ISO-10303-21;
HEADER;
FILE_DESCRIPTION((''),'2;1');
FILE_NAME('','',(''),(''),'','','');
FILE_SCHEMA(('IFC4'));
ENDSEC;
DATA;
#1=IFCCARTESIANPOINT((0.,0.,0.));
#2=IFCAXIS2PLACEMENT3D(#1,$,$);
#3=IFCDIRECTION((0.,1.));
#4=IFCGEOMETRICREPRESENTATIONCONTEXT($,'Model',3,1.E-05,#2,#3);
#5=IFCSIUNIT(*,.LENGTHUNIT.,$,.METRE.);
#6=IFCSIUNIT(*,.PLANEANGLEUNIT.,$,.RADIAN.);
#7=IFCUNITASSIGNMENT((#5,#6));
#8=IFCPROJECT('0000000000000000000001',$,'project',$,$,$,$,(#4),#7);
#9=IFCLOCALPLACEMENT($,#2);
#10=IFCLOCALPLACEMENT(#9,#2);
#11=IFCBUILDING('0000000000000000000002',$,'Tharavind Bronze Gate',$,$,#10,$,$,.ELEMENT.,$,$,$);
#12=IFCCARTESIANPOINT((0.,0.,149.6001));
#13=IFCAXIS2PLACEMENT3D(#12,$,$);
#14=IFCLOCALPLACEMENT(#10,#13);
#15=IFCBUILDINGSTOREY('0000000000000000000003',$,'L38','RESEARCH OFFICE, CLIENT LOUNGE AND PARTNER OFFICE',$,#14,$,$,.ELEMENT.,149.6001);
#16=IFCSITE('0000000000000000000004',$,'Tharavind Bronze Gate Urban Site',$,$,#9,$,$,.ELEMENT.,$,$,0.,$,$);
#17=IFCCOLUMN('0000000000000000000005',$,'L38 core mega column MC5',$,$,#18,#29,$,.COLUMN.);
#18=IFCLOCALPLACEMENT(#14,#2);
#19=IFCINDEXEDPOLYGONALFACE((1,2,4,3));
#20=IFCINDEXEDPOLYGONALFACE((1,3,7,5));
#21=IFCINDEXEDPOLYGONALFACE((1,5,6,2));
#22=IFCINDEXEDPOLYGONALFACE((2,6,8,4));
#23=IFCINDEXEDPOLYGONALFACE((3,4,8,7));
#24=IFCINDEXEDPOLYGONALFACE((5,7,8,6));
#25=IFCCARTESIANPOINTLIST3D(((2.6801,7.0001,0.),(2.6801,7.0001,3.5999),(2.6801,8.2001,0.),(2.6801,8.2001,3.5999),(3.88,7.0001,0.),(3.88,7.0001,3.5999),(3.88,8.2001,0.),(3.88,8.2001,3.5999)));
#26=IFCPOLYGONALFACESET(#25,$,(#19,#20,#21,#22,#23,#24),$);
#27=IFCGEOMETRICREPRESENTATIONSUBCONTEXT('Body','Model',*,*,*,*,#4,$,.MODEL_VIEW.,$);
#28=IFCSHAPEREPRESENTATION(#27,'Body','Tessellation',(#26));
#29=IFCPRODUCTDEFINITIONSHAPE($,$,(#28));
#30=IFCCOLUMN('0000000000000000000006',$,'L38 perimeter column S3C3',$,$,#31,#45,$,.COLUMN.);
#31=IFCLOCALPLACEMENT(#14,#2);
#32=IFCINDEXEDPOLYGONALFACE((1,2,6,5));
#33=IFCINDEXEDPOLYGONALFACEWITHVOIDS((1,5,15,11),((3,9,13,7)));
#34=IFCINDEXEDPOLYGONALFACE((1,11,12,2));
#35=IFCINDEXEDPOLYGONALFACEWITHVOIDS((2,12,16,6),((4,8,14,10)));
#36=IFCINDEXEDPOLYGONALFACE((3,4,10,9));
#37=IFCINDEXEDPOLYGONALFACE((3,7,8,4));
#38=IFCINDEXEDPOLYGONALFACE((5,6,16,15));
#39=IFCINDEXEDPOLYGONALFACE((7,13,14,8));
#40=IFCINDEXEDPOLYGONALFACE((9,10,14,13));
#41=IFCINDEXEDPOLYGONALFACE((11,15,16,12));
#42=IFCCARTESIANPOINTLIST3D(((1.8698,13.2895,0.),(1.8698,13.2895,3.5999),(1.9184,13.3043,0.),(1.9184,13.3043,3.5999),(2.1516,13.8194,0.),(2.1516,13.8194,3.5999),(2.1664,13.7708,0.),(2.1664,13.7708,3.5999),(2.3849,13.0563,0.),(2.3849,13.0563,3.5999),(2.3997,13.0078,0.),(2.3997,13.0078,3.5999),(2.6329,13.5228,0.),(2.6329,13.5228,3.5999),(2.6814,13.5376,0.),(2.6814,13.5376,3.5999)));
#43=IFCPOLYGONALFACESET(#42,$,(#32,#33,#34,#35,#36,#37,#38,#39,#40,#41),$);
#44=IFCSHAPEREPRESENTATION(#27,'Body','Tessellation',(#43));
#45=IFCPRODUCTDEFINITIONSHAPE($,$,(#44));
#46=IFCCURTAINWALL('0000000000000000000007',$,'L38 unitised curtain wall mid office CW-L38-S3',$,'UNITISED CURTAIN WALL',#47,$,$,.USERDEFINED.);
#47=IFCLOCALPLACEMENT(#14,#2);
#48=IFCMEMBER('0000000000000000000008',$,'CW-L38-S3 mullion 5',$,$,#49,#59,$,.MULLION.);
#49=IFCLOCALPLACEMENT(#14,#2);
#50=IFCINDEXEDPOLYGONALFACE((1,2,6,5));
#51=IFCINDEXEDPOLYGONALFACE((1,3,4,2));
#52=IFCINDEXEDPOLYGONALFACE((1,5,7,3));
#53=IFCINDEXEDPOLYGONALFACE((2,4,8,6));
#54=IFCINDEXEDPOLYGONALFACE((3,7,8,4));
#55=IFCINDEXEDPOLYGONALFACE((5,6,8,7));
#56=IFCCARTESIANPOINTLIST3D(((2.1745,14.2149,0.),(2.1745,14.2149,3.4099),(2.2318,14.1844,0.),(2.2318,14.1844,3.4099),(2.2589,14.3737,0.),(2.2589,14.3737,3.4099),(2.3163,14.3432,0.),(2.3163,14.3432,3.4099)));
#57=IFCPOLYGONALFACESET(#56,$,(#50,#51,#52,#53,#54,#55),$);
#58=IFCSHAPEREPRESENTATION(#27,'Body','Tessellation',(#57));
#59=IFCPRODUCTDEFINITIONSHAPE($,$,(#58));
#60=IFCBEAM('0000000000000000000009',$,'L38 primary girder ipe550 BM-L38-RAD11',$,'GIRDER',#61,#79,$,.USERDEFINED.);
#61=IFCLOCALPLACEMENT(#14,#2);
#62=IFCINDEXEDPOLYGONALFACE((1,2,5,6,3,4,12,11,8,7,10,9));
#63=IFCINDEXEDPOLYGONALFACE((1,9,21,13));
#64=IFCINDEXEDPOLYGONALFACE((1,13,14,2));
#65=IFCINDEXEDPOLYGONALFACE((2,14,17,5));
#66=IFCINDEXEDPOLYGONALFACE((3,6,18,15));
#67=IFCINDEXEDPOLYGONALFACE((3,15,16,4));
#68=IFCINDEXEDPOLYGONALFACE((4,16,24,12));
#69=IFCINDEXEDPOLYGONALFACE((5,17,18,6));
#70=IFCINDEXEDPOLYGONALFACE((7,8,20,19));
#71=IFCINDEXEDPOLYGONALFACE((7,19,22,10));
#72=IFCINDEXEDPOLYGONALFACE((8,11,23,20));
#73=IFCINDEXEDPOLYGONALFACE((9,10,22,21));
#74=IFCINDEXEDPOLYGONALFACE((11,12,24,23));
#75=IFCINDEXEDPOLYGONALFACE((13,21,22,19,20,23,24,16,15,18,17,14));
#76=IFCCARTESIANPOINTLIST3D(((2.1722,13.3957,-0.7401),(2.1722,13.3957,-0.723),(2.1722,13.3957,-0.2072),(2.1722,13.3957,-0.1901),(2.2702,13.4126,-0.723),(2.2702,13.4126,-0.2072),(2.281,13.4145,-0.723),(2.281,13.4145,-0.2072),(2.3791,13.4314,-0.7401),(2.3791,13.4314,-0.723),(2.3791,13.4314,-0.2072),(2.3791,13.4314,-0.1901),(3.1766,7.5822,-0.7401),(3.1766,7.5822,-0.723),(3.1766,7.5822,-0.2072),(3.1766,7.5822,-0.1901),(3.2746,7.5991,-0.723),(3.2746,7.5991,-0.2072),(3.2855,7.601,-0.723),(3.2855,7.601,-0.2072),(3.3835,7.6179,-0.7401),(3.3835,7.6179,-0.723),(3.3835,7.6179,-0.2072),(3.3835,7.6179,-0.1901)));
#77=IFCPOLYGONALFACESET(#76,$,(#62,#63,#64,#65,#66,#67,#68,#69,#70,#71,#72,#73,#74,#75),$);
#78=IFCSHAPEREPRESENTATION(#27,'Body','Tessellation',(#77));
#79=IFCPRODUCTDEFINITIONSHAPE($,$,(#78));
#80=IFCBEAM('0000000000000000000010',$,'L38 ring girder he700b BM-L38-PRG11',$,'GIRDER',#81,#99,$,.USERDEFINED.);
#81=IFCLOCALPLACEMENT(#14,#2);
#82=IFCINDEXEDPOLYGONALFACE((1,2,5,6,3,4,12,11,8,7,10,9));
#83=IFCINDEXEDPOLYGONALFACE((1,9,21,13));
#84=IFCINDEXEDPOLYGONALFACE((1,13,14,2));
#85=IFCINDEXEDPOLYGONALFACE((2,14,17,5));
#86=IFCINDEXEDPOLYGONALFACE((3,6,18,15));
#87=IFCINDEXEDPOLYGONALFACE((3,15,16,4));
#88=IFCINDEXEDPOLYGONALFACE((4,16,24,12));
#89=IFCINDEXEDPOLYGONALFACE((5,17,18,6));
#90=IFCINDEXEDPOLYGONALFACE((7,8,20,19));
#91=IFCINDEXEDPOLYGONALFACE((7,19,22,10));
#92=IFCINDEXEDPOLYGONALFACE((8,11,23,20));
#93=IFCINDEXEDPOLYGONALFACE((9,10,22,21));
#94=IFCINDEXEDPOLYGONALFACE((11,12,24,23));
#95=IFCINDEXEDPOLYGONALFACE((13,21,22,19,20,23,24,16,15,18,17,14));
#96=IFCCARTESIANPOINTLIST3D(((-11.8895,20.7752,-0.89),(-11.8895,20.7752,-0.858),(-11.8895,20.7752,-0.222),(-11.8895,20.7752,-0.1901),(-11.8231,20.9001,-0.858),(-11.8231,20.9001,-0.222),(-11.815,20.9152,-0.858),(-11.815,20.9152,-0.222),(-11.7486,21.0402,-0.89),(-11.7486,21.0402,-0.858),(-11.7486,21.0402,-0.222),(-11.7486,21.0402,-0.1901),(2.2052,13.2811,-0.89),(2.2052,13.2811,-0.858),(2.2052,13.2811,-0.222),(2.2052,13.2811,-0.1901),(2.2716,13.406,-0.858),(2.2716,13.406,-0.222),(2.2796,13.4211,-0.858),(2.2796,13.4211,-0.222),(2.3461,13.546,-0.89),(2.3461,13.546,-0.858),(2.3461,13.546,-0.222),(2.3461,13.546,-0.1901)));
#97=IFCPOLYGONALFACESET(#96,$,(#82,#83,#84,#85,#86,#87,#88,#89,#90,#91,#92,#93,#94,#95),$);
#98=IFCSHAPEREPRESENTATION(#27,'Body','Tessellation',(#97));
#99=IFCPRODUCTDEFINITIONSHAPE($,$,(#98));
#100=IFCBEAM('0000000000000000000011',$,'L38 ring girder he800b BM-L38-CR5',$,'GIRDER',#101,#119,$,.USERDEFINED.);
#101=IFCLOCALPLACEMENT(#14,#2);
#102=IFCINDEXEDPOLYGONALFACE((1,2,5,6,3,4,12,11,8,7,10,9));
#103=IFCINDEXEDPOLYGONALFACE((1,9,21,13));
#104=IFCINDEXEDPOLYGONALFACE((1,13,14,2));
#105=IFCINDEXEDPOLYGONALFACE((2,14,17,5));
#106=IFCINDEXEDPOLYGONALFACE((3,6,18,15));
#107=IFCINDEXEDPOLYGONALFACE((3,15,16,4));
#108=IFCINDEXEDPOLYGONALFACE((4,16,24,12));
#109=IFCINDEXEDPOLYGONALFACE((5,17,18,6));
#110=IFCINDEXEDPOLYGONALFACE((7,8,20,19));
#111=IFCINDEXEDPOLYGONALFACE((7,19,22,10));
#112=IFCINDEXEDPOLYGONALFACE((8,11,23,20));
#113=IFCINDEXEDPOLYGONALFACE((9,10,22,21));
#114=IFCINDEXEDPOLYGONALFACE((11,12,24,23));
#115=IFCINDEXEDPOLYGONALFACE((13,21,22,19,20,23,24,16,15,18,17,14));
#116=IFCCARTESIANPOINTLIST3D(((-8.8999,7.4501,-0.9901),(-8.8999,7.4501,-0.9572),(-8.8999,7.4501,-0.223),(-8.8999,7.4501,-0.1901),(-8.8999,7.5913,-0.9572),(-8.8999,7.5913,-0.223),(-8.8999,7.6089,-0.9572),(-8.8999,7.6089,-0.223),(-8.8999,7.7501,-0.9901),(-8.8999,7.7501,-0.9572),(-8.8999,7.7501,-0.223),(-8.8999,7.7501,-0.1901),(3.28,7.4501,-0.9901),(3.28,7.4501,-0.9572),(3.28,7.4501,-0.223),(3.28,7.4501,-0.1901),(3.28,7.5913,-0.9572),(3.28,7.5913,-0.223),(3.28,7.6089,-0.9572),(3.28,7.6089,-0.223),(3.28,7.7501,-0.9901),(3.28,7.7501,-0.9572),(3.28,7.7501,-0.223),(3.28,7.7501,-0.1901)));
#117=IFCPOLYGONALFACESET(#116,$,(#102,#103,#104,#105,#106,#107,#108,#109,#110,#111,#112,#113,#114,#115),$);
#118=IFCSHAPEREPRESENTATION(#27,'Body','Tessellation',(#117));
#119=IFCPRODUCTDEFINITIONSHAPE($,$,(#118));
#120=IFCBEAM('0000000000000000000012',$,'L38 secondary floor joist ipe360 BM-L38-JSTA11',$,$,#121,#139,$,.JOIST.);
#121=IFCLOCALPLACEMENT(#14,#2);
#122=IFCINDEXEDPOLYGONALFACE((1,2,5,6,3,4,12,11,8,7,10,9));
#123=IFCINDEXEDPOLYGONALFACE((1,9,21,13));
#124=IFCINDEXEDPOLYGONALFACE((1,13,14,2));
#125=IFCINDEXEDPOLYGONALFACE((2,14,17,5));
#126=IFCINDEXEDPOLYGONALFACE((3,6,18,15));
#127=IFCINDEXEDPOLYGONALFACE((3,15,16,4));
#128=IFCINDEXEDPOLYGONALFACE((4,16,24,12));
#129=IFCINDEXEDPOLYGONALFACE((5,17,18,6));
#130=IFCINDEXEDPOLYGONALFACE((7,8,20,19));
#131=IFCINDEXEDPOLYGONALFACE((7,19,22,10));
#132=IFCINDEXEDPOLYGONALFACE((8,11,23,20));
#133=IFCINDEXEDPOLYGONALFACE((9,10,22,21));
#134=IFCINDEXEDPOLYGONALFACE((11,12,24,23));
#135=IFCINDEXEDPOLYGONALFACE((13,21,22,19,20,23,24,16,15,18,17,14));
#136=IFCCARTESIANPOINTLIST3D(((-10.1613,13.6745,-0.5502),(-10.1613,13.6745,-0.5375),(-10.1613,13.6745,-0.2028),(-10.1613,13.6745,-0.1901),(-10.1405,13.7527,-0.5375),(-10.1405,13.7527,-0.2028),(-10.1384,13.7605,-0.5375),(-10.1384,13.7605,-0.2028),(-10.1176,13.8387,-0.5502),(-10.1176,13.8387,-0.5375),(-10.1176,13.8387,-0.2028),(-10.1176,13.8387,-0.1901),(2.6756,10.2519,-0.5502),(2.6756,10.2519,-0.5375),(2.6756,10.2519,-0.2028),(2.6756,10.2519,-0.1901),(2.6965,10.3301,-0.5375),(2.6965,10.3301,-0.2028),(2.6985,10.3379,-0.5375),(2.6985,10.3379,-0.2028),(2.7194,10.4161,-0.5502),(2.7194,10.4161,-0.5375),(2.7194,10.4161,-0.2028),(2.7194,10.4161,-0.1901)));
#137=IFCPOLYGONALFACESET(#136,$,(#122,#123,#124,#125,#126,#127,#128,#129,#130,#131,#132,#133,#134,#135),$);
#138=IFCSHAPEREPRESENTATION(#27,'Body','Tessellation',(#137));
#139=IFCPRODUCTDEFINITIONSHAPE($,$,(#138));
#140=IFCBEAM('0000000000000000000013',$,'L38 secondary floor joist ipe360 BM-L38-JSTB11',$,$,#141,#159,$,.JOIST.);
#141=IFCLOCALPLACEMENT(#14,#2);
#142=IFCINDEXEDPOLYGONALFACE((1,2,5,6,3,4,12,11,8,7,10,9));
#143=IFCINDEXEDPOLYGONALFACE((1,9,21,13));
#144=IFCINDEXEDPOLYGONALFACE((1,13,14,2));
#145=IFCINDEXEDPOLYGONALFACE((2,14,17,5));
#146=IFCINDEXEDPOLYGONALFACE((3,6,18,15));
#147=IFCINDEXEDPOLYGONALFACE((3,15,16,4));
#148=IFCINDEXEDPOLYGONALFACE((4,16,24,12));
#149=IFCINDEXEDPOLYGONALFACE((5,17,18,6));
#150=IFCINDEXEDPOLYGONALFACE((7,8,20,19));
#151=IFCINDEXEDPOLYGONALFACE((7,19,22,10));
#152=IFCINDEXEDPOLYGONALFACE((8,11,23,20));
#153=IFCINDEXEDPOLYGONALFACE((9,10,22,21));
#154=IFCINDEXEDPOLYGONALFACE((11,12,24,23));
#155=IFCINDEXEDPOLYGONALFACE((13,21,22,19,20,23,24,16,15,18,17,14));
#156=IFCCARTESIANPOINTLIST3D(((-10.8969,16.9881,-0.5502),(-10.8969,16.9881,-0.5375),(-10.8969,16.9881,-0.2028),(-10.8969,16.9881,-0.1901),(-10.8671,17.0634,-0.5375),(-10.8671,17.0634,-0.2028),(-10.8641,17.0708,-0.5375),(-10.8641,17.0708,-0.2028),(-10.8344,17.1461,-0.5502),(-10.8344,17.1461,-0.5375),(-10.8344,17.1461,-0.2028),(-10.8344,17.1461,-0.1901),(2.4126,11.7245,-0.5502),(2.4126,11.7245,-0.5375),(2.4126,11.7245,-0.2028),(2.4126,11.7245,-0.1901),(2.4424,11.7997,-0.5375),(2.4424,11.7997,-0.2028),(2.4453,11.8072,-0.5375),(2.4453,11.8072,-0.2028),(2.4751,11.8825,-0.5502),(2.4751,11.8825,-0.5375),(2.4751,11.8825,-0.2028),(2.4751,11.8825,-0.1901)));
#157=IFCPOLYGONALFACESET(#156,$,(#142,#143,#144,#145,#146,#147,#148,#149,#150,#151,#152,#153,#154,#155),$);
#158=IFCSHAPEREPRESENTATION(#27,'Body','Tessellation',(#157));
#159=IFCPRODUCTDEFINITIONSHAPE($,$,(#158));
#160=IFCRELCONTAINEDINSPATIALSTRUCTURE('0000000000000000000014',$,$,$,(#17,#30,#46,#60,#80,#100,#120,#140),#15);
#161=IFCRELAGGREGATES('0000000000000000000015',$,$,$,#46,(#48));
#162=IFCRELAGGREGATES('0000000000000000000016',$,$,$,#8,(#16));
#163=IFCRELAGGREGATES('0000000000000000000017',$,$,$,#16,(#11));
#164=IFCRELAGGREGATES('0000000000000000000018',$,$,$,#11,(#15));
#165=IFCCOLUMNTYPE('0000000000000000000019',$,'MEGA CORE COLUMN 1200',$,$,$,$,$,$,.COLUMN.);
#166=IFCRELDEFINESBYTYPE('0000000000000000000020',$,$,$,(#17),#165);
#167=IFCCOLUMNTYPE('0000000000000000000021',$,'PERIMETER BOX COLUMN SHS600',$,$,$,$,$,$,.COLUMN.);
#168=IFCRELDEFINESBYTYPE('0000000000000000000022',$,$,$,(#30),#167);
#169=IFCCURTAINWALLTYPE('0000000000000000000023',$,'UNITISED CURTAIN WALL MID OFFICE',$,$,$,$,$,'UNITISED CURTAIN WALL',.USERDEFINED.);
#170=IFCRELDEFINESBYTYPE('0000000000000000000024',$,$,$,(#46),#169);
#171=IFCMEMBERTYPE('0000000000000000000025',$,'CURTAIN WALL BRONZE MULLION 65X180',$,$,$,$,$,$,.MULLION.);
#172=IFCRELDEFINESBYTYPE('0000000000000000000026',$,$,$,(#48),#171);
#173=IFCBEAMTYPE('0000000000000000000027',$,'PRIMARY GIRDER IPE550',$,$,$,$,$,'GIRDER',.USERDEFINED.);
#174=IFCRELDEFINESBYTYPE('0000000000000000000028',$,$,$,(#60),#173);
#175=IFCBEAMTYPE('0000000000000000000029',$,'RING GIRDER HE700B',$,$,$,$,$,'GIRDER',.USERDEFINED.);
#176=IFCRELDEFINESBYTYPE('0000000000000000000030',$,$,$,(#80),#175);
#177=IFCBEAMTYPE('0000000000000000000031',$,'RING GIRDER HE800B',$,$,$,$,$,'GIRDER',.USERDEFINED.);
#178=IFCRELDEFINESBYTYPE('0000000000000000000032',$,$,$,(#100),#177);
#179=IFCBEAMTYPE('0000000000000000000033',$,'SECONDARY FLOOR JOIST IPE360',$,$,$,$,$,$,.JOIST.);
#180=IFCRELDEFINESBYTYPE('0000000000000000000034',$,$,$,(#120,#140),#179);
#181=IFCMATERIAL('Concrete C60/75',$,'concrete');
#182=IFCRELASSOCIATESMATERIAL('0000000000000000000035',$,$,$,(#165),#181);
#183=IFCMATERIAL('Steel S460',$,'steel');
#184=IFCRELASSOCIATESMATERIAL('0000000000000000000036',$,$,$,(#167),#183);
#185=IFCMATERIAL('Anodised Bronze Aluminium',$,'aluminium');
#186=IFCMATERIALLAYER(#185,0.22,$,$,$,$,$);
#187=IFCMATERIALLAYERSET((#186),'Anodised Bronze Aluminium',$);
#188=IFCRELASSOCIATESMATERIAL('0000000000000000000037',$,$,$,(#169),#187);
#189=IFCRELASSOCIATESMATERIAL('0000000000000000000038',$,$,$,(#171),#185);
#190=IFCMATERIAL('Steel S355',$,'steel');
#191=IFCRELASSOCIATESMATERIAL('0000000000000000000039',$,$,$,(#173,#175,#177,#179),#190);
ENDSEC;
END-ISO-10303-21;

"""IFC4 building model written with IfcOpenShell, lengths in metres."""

from ifc_helpers import new_model, si_unit, direction, frame, origin, origin_2d, place, context, subcontext, project, spatial, rectangle, hollow_rectangle, i_section, extrude, material, layer, layer_set, material_profile, profile_set, type_object, element, aggregate, save


model = new_model("IFC4")

# Units and contexts
model_context = context("Model", 3, precision=1e-05, world=origin(), true_north=direction((0.0, 1.0)))
body_context = subcontext(model_context, "Body", "Model", "MODEL_VIEW")
ifc_project = project(units=[si_unit("LENGTHUNIT", "METRE"), si_unit("PLANEANGLEUNIT", "RADIAN")], contexts=[model_context])

# Site, building, storey
site_placement = place(None, origin())
site = spatial("IfcSite", under=ifc_project, at=site_placement, Name="Tharavind Bronze Gate Urban Site", CompositionType="ELEMENT", RefElevation=0.0)
building_placement = place(site_placement, origin())
building = spatial("IfcBuilding", under=site, at=building_placement, Name="Tharavind Bronze Gate", CompositionType="ELEMENT")
storey_placement = place(building_placement, frame((0.0, 0.0, 149.6001)))
storey = spatial("IfcBuildingStorey", under=building, at=storey_placement, Name="L38", Description="RESEARCH OFFICE, CLIENT LOUNGE AND PARTNER OFFICE", CompositionType="ELEMENT", Elevation=149.6001)

# Columns
ifc_material_1 = material(Name="Concrete C60/75", Category="concrete")
ifc_material_profile_1 = material_profile(ifc_material_1, rectangle(XDim=1.2, YDim=1.2, at=origin_2d()), Name="RCCOL1200")
ifc_profile_set_1 = profile_set([ifc_material_profile_1], Name="Concrete C60/75")
column_type_1 = type_object("IfcColumnType", Name="MEGA CORE COLUMN 1200", PredefinedType="COLUMN", material=ifc_profile_set_1)
column_1_placement = place(storey_placement, frame((3.28, 7.6001, 0.0), z_axis=(0.0, 0.0, 1.0), x_axis=(1.0, 0.0, 0.0)))
element("IfcColumn", 1, at=column_1_placement, inside=storey, type_object=column_type_1, Name="L38 core mega column MC5", PredefinedType="COLUMN", context=body_context, shape_type="SweptSolid", body=[
    extrude(rectangle(XDim=1.2, YDim=1.2, at=origin_2d()), origin(), (0.0, 0.0, 1.0), 3.5999),
])
ifc_material_2 = material(Name="Steel S460", Category="steel")
ifc_material_profile_2 = material_profile(ifc_material_2, hollow_rectangle(XDim=0.6001, YDim=0.6001, WallThickness=0.0359, at=origin_2d()), Name="SHS600X36")
ifc_profile_set_2 = profile_set([ifc_material_profile_2], Name="Steel S460")
column_type_2 = type_object("IfcColumnType", Name="PERIMETER BOX COLUMN SHS600", PredefinedType="COLUMN", material=ifc_profile_set_2)
column_2_placement = place(storey_placement, frame((2.2756, 13.4136, 0.0), z_axis=(0.0, 0.0, 1.0), x_axis=(-0.882948, 0.46947, 0.0)))
element("IfcColumn", 2, at=column_2_placement, inside=storey, type_object=column_type_2, Name="L38 perimeter column S3C3", PredefinedType="COLUMN", context=body_context, shape_type="SweptSolid", body=[
    extrude(hollow_rectangle(XDim=0.6001, YDim=0.6001, WallThickness=0.0359, at=origin_2d()), origin(), (0.0, 0.0, 1.0), 3.5999),
])

# Curtain wall, member
ifc_material_3 = material(Name="Anodised Bronze Aluminium", Category="aluminium")
ifc_layer_1 = layer(ifc_material_3, 0.22)
ifc_layer_set_1 = layer_set([ifc_layer_1], Name="Anodised Bronze Aluminium")
curtain_wall_type = type_object("IfcCurtainWallType", Name="UNITISED CURTAIN WALL MID OFFICE", ElementType="UNITISED CURTAIN WALL", PredefinedType="USERDEFINED", material=ifc_layer_set_1)
curtain_wall_placement = place(storey_placement, origin())
curtain_wall = element("IfcCurtainWall", 3, at=curtain_wall_placement, inside=storey, type_object=curtain_wall_type, Name="L38 unitised curtain wall mid office CW-L38-S3", ObjectType="UNITISED CURTAIN WALL", PredefinedType="USERDEFINED")
member_type = type_object("IfcMemberType", Name="CURTAIN WALL BRONZE MULLION 65X180", PredefinedType="MULLION", material=ifc_material_3)
member_placement = place(storey_placement, frame((2.2454, 14.2791, 0.0), z_axis=(0.0, 0.0, 1.0), x_axis=(-0.882948, 0.469472, 0.0)))
member = element("IfcMember", 4, at=member_placement, type_object=member_type, Name="CW-L38-S3 mullion 5", PredefinedType="MULLION", context=body_context, shape_type="SweptSolid", body=[
    extrude(rectangle(XDim=0.0649, YDim=0.1799, at=origin_2d()), origin(), (0.0, 0.0, 1.0), 3.4099),
])
aggregate(curtain_wall, [member])

# Beams
ifc_material_4 = material(Name="Steel S355", Category="steel")
ifc_material_profile_3 = material_profile(ifc_material_4, i_section(OverallWidth=0.21, OverallDepth=0.55, WebThickness=0.011, FlangeThickness=0.0171, at=origin_2d()), Name="IPE550")
ifc_profile_set_3 = profile_set([ifc_material_profile_3], Name="Steel S355")
beam_type_1 = type_object("IfcBeamType", Name="PRIMARY GIRDER IPE550", ElementType="GIRDER", PredefinedType="USERDEFINED", material=ifc_profile_set_3)
beam_1_placement = place(storey_placement, frame((2.2756, 13.4136, -0.4651), z_axis=(0.170248, -0.985401, 0.0), x_axis=(0.985401, 0.170248, 0.0)))
element("IfcBeam", 5, at=beam_1_placement, inside=storey, type_object=beam_type_1, Name="L38 primary girder ipe550 BM-L38-RAD11", ObjectType="GIRDER", PredefinedType="USERDEFINED", context=body_context, shape_type="SweptSolid", body=[
    extrude(i_section(OverallWidth=0.21, OverallDepth=0.55, WebThickness=0.011, FlangeThickness=0.0171, at=origin_2d()), origin(), (0.0, 0.0, 1.0), 5.8997),
])
ifc_material_profile_4 = material_profile(ifc_material_4, i_section(OverallWidth=0.3, OverallDepth=0.7, WebThickness=0.0171, FlangeThickness=0.032, at=origin_2d()), Name="HE700B")
ifc_profile_set_4 = profile_set([ifc_material_profile_4], Name="Steel S355")
beam_type_2 = type_object("IfcBeamType", Name="RING GIRDER HE700B", ElementType="GIRDER", PredefinedType="USERDEFINED", material=ifc_profile_set_4)
beam_2_placement = place(storey_placement, frame((2.2756, 13.4136, -0.54), z_axis=(-0.882952, 0.469464, 0.0), x_axis=(-0.469464, -0.882952, 0.0)))
element("IfcBeam", 6, at=beam_2_placement, inside=storey, type_object=beam_type_2, Name="L38 ring girder he700b BM-L38-PRG11", ObjectType="GIRDER", PredefinedType="USERDEFINED", context=body_context, shape_type="SweptSolid", body=[
    extrude(i_section(OverallWidth=0.3, OverallDepth=0.7, WebThickness=0.0171, FlangeThickness=0.032, at=origin_2d()), origin(), (0.0, 0.0, 1.0), 15.9631),
])
ifc_material_profile_5 = material_profile(ifc_material_4, i_section(OverallWidth=0.3, OverallDepth=0.8, WebThickness=0.0176, FlangeThickness=0.033, at=origin_2d()), Name="HE800B")
ifc_profile_set_5 = profile_set([ifc_material_profile_5], Name="Steel S355")
beam_type_3 = type_object("IfcBeamType", Name="RING GIRDER HE800B", ElementType="GIRDER", PredefinedType="USERDEFINED", material=ifc_profile_set_5)
beam_3_placement = place(storey_placement, frame((3.28, 7.6001, -0.5901), z_axis=(-1.0, 0.0, 0.0), x_axis=(0.0, -1.0, 0.0)))
element("IfcBeam", 7, at=beam_3_placement, inside=storey, type_object=beam_type_3, Name="L38 ring girder he800b BM-L38-CR5", ObjectType="GIRDER", PredefinedType="USERDEFINED", context=body_context, shape_type="SweptSolid", body=[
    extrude(i_section(OverallWidth=0.3, OverallDepth=0.8, WebThickness=0.0176, FlangeThickness=0.033, at=origin_2d()), origin(), (0.0, 0.0, 1.0), 12.1799),
])
ifc_material_profile_6 = material_profile(ifc_material_4, i_section(OverallWidth=0.1699, OverallDepth=0.3601, WebThickness=0.0081, FlangeThickness=0.0127, at=origin_2d()), Name="IPE360")
ifc_profile_set_6 = profile_set([ifc_material_profile_6], Name="Steel S355")
beam_type_4 = type_object("IfcBeamType", Name="SECONDARY FLOOR JOIST IPE360", PredefinedType="JOIST", material=ifc_profile_set_6)
beam_4_placement = place(storey_placement, frame((2.6975, 10.334, -0.3701), z_axis=(-0.966246, 0.257623, 0.0), x_axis=(-0.257623, -0.966246, 0.0)))
element("IfcBeam", 8, at=beam_4_placement, inside=storey, type_object=beam_type_4, Name="L38 secondary floor joist ipe360 BM-L38-JSTA11", PredefinedType="JOIST", context=body_context, shape_type="SweptSolid", body=[
    extrude(i_section(OverallWidth=0.1699, OverallDepth=0.3601, WebThickness=0.0081, FlangeThickness=0.0127, at=origin_2d()), origin(), (0.0, 0.0, 1.0), 13.2854),
])
beam_5_placement = place(storey_placement, frame((2.4438, 11.8035, -0.3701), z_axis=(-0.929919, 0.367765, 0.0), x_axis=(-0.367765, -0.929919, 0.0)))
element("IfcBeam", 9, at=beam_5_placement, inside=storey, type_object=beam_type_4, Name="L38 secondary floor joist ipe360 BM-L38-JSTB11", PredefinedType="JOIST", context=body_context, shape_type="SweptSolid", body=[
    extrude(i_section(OverallWidth=0.1699, OverallDepth=0.3601, WebThickness=0.0081, FlangeThickness=0.0127, at=origin_2d()), origin(), (0.0, 0.0, 1.0), 14.3125),
])

save(model, "model.ifc")
